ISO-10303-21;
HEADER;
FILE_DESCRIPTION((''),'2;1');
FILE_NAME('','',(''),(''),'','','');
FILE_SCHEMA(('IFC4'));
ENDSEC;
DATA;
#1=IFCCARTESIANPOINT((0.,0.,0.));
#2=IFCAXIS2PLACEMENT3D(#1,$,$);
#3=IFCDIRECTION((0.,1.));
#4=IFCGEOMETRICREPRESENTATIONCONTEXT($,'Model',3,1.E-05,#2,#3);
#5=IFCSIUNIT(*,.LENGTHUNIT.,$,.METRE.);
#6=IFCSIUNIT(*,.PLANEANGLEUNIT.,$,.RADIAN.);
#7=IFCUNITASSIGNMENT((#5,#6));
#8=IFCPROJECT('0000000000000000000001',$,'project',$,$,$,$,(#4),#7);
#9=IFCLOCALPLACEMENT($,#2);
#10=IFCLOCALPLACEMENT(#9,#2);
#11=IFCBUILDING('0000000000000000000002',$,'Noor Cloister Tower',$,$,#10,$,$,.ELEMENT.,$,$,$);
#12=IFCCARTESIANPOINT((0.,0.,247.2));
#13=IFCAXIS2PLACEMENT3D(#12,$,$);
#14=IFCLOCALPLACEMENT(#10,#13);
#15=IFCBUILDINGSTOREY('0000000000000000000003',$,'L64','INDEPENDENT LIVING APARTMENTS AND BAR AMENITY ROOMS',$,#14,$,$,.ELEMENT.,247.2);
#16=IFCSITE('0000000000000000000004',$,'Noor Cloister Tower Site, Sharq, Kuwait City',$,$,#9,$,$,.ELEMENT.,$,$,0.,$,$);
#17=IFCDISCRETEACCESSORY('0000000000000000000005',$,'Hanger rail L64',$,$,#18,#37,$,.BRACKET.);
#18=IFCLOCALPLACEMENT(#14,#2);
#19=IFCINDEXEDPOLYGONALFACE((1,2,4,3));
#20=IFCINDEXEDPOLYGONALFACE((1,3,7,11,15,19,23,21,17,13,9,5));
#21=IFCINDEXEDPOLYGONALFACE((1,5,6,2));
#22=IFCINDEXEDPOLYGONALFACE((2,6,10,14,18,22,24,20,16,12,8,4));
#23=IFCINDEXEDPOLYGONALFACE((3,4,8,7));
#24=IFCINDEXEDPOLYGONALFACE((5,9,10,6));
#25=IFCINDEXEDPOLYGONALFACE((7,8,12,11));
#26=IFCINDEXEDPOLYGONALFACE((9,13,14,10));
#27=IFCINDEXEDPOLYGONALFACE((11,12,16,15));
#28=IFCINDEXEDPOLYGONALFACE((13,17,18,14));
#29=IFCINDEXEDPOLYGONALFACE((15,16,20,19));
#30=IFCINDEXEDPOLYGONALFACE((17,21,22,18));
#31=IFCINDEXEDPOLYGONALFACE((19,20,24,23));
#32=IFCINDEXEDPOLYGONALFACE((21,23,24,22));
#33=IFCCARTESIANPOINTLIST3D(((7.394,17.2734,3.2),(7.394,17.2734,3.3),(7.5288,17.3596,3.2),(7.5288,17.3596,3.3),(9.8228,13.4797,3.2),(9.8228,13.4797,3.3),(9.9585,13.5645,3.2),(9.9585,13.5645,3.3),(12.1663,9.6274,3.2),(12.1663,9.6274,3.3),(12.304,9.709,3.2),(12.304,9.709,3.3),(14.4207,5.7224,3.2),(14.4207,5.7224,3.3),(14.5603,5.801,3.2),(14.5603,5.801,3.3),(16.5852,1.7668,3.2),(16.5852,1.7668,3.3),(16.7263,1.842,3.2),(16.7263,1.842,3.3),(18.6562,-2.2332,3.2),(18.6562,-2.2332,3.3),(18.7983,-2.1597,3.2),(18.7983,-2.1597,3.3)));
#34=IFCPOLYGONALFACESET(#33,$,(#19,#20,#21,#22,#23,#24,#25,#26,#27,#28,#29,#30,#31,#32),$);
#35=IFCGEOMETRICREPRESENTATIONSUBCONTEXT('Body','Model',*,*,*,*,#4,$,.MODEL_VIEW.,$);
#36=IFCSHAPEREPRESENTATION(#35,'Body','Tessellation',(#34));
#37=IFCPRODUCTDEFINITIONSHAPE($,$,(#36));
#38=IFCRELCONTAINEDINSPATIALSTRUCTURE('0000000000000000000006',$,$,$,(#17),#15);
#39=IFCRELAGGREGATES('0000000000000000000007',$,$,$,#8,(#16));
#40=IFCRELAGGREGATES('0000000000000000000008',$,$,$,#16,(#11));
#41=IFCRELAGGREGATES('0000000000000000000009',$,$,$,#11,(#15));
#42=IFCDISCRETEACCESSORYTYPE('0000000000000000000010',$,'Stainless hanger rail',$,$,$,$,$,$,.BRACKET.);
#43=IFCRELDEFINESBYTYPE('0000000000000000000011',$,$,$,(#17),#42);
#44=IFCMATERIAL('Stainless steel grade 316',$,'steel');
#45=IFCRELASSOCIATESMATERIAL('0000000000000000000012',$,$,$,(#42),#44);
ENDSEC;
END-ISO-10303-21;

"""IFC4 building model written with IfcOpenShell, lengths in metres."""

from ifc_helpers import new_model, si_unit, direction, frame, origin, place, context, subcontext, project, spatial, polyline, outline, extrude, material, type_object, element, save


model = new_model("IFC4")

# Units and contexts
model_context = context("Model", 3, precision=1e-05, world=origin(), true_north=direction((0.0, 1.0)))
body_context = subcontext(model_context, "Body", "Model", "MODEL_VIEW")
ifc_project = project(units=[si_unit("LENGTHUNIT", "METRE"), si_unit("PLANEANGLEUNIT", "RADIAN")], contexts=[model_context])

# Site, building, storey
site_placement = place(None, origin())
site = spatial("IfcSite", under=ifc_project, at=site_placement, Name="Noor Cloister Tower Site, Sharq, Kuwait City", CompositionType="ELEMENT", RefElevation=0.0)
building_placement = place(site_placement, origin())
building = spatial("IfcBuilding", under=site, at=building_placement, Name="Noor Cloister Tower", CompositionType="ELEMENT")
storey_placement = place(building_placement, frame((0.0, 0.0, 247.2)))
storey = spatial("IfcBuildingStorey", under=building, at=storey_placement, Name="L64", Description="INDEPENDENT LIVING APARTMENTS AND BAR AMENITY ROOMS", CompositionType="ELEMENT", Elevation=247.2)

# Discrete accessory
ifc_material_1 = material(Name="Stainless steel grade 316", Category="steel")
discrete_accessory_type = type_object("IfcDiscreteAccessoryType", Name="Stainless hanger rail", PredefinedType="BRACKET", material=ifc_material_1)
discrete_accessory_1_placement = place(storey_placement, frame((0.0, 0.0, 3.2)))
element("IfcDiscreteAccessory", 1, at=discrete_accessory_1_placement, inside=storey, type_object=discrete_accessory_type, Name="Hanger rail L64", PredefinedType="BRACKET", context=body_context, shape_type="SweptSolid", body=[
    extrude(outline(polyline([(18.7983, -2.1597), (16.7263, 1.842), (14.5603, 5.801), (12.304, 9.709), (9.9585, 13.5645), (7.5288, 17.3596), (7.394, 17.2734), (9.8228, 13.4797), (12.1663, 9.6274), (14.4207, 5.7224), (16.5852, 1.7668), (18.6562, -2.2332), (18.7983, -2.1597)])), origin(), (0.0, 0.0, 1.0), 0.1001),
])

save(model, "model.ifc")
